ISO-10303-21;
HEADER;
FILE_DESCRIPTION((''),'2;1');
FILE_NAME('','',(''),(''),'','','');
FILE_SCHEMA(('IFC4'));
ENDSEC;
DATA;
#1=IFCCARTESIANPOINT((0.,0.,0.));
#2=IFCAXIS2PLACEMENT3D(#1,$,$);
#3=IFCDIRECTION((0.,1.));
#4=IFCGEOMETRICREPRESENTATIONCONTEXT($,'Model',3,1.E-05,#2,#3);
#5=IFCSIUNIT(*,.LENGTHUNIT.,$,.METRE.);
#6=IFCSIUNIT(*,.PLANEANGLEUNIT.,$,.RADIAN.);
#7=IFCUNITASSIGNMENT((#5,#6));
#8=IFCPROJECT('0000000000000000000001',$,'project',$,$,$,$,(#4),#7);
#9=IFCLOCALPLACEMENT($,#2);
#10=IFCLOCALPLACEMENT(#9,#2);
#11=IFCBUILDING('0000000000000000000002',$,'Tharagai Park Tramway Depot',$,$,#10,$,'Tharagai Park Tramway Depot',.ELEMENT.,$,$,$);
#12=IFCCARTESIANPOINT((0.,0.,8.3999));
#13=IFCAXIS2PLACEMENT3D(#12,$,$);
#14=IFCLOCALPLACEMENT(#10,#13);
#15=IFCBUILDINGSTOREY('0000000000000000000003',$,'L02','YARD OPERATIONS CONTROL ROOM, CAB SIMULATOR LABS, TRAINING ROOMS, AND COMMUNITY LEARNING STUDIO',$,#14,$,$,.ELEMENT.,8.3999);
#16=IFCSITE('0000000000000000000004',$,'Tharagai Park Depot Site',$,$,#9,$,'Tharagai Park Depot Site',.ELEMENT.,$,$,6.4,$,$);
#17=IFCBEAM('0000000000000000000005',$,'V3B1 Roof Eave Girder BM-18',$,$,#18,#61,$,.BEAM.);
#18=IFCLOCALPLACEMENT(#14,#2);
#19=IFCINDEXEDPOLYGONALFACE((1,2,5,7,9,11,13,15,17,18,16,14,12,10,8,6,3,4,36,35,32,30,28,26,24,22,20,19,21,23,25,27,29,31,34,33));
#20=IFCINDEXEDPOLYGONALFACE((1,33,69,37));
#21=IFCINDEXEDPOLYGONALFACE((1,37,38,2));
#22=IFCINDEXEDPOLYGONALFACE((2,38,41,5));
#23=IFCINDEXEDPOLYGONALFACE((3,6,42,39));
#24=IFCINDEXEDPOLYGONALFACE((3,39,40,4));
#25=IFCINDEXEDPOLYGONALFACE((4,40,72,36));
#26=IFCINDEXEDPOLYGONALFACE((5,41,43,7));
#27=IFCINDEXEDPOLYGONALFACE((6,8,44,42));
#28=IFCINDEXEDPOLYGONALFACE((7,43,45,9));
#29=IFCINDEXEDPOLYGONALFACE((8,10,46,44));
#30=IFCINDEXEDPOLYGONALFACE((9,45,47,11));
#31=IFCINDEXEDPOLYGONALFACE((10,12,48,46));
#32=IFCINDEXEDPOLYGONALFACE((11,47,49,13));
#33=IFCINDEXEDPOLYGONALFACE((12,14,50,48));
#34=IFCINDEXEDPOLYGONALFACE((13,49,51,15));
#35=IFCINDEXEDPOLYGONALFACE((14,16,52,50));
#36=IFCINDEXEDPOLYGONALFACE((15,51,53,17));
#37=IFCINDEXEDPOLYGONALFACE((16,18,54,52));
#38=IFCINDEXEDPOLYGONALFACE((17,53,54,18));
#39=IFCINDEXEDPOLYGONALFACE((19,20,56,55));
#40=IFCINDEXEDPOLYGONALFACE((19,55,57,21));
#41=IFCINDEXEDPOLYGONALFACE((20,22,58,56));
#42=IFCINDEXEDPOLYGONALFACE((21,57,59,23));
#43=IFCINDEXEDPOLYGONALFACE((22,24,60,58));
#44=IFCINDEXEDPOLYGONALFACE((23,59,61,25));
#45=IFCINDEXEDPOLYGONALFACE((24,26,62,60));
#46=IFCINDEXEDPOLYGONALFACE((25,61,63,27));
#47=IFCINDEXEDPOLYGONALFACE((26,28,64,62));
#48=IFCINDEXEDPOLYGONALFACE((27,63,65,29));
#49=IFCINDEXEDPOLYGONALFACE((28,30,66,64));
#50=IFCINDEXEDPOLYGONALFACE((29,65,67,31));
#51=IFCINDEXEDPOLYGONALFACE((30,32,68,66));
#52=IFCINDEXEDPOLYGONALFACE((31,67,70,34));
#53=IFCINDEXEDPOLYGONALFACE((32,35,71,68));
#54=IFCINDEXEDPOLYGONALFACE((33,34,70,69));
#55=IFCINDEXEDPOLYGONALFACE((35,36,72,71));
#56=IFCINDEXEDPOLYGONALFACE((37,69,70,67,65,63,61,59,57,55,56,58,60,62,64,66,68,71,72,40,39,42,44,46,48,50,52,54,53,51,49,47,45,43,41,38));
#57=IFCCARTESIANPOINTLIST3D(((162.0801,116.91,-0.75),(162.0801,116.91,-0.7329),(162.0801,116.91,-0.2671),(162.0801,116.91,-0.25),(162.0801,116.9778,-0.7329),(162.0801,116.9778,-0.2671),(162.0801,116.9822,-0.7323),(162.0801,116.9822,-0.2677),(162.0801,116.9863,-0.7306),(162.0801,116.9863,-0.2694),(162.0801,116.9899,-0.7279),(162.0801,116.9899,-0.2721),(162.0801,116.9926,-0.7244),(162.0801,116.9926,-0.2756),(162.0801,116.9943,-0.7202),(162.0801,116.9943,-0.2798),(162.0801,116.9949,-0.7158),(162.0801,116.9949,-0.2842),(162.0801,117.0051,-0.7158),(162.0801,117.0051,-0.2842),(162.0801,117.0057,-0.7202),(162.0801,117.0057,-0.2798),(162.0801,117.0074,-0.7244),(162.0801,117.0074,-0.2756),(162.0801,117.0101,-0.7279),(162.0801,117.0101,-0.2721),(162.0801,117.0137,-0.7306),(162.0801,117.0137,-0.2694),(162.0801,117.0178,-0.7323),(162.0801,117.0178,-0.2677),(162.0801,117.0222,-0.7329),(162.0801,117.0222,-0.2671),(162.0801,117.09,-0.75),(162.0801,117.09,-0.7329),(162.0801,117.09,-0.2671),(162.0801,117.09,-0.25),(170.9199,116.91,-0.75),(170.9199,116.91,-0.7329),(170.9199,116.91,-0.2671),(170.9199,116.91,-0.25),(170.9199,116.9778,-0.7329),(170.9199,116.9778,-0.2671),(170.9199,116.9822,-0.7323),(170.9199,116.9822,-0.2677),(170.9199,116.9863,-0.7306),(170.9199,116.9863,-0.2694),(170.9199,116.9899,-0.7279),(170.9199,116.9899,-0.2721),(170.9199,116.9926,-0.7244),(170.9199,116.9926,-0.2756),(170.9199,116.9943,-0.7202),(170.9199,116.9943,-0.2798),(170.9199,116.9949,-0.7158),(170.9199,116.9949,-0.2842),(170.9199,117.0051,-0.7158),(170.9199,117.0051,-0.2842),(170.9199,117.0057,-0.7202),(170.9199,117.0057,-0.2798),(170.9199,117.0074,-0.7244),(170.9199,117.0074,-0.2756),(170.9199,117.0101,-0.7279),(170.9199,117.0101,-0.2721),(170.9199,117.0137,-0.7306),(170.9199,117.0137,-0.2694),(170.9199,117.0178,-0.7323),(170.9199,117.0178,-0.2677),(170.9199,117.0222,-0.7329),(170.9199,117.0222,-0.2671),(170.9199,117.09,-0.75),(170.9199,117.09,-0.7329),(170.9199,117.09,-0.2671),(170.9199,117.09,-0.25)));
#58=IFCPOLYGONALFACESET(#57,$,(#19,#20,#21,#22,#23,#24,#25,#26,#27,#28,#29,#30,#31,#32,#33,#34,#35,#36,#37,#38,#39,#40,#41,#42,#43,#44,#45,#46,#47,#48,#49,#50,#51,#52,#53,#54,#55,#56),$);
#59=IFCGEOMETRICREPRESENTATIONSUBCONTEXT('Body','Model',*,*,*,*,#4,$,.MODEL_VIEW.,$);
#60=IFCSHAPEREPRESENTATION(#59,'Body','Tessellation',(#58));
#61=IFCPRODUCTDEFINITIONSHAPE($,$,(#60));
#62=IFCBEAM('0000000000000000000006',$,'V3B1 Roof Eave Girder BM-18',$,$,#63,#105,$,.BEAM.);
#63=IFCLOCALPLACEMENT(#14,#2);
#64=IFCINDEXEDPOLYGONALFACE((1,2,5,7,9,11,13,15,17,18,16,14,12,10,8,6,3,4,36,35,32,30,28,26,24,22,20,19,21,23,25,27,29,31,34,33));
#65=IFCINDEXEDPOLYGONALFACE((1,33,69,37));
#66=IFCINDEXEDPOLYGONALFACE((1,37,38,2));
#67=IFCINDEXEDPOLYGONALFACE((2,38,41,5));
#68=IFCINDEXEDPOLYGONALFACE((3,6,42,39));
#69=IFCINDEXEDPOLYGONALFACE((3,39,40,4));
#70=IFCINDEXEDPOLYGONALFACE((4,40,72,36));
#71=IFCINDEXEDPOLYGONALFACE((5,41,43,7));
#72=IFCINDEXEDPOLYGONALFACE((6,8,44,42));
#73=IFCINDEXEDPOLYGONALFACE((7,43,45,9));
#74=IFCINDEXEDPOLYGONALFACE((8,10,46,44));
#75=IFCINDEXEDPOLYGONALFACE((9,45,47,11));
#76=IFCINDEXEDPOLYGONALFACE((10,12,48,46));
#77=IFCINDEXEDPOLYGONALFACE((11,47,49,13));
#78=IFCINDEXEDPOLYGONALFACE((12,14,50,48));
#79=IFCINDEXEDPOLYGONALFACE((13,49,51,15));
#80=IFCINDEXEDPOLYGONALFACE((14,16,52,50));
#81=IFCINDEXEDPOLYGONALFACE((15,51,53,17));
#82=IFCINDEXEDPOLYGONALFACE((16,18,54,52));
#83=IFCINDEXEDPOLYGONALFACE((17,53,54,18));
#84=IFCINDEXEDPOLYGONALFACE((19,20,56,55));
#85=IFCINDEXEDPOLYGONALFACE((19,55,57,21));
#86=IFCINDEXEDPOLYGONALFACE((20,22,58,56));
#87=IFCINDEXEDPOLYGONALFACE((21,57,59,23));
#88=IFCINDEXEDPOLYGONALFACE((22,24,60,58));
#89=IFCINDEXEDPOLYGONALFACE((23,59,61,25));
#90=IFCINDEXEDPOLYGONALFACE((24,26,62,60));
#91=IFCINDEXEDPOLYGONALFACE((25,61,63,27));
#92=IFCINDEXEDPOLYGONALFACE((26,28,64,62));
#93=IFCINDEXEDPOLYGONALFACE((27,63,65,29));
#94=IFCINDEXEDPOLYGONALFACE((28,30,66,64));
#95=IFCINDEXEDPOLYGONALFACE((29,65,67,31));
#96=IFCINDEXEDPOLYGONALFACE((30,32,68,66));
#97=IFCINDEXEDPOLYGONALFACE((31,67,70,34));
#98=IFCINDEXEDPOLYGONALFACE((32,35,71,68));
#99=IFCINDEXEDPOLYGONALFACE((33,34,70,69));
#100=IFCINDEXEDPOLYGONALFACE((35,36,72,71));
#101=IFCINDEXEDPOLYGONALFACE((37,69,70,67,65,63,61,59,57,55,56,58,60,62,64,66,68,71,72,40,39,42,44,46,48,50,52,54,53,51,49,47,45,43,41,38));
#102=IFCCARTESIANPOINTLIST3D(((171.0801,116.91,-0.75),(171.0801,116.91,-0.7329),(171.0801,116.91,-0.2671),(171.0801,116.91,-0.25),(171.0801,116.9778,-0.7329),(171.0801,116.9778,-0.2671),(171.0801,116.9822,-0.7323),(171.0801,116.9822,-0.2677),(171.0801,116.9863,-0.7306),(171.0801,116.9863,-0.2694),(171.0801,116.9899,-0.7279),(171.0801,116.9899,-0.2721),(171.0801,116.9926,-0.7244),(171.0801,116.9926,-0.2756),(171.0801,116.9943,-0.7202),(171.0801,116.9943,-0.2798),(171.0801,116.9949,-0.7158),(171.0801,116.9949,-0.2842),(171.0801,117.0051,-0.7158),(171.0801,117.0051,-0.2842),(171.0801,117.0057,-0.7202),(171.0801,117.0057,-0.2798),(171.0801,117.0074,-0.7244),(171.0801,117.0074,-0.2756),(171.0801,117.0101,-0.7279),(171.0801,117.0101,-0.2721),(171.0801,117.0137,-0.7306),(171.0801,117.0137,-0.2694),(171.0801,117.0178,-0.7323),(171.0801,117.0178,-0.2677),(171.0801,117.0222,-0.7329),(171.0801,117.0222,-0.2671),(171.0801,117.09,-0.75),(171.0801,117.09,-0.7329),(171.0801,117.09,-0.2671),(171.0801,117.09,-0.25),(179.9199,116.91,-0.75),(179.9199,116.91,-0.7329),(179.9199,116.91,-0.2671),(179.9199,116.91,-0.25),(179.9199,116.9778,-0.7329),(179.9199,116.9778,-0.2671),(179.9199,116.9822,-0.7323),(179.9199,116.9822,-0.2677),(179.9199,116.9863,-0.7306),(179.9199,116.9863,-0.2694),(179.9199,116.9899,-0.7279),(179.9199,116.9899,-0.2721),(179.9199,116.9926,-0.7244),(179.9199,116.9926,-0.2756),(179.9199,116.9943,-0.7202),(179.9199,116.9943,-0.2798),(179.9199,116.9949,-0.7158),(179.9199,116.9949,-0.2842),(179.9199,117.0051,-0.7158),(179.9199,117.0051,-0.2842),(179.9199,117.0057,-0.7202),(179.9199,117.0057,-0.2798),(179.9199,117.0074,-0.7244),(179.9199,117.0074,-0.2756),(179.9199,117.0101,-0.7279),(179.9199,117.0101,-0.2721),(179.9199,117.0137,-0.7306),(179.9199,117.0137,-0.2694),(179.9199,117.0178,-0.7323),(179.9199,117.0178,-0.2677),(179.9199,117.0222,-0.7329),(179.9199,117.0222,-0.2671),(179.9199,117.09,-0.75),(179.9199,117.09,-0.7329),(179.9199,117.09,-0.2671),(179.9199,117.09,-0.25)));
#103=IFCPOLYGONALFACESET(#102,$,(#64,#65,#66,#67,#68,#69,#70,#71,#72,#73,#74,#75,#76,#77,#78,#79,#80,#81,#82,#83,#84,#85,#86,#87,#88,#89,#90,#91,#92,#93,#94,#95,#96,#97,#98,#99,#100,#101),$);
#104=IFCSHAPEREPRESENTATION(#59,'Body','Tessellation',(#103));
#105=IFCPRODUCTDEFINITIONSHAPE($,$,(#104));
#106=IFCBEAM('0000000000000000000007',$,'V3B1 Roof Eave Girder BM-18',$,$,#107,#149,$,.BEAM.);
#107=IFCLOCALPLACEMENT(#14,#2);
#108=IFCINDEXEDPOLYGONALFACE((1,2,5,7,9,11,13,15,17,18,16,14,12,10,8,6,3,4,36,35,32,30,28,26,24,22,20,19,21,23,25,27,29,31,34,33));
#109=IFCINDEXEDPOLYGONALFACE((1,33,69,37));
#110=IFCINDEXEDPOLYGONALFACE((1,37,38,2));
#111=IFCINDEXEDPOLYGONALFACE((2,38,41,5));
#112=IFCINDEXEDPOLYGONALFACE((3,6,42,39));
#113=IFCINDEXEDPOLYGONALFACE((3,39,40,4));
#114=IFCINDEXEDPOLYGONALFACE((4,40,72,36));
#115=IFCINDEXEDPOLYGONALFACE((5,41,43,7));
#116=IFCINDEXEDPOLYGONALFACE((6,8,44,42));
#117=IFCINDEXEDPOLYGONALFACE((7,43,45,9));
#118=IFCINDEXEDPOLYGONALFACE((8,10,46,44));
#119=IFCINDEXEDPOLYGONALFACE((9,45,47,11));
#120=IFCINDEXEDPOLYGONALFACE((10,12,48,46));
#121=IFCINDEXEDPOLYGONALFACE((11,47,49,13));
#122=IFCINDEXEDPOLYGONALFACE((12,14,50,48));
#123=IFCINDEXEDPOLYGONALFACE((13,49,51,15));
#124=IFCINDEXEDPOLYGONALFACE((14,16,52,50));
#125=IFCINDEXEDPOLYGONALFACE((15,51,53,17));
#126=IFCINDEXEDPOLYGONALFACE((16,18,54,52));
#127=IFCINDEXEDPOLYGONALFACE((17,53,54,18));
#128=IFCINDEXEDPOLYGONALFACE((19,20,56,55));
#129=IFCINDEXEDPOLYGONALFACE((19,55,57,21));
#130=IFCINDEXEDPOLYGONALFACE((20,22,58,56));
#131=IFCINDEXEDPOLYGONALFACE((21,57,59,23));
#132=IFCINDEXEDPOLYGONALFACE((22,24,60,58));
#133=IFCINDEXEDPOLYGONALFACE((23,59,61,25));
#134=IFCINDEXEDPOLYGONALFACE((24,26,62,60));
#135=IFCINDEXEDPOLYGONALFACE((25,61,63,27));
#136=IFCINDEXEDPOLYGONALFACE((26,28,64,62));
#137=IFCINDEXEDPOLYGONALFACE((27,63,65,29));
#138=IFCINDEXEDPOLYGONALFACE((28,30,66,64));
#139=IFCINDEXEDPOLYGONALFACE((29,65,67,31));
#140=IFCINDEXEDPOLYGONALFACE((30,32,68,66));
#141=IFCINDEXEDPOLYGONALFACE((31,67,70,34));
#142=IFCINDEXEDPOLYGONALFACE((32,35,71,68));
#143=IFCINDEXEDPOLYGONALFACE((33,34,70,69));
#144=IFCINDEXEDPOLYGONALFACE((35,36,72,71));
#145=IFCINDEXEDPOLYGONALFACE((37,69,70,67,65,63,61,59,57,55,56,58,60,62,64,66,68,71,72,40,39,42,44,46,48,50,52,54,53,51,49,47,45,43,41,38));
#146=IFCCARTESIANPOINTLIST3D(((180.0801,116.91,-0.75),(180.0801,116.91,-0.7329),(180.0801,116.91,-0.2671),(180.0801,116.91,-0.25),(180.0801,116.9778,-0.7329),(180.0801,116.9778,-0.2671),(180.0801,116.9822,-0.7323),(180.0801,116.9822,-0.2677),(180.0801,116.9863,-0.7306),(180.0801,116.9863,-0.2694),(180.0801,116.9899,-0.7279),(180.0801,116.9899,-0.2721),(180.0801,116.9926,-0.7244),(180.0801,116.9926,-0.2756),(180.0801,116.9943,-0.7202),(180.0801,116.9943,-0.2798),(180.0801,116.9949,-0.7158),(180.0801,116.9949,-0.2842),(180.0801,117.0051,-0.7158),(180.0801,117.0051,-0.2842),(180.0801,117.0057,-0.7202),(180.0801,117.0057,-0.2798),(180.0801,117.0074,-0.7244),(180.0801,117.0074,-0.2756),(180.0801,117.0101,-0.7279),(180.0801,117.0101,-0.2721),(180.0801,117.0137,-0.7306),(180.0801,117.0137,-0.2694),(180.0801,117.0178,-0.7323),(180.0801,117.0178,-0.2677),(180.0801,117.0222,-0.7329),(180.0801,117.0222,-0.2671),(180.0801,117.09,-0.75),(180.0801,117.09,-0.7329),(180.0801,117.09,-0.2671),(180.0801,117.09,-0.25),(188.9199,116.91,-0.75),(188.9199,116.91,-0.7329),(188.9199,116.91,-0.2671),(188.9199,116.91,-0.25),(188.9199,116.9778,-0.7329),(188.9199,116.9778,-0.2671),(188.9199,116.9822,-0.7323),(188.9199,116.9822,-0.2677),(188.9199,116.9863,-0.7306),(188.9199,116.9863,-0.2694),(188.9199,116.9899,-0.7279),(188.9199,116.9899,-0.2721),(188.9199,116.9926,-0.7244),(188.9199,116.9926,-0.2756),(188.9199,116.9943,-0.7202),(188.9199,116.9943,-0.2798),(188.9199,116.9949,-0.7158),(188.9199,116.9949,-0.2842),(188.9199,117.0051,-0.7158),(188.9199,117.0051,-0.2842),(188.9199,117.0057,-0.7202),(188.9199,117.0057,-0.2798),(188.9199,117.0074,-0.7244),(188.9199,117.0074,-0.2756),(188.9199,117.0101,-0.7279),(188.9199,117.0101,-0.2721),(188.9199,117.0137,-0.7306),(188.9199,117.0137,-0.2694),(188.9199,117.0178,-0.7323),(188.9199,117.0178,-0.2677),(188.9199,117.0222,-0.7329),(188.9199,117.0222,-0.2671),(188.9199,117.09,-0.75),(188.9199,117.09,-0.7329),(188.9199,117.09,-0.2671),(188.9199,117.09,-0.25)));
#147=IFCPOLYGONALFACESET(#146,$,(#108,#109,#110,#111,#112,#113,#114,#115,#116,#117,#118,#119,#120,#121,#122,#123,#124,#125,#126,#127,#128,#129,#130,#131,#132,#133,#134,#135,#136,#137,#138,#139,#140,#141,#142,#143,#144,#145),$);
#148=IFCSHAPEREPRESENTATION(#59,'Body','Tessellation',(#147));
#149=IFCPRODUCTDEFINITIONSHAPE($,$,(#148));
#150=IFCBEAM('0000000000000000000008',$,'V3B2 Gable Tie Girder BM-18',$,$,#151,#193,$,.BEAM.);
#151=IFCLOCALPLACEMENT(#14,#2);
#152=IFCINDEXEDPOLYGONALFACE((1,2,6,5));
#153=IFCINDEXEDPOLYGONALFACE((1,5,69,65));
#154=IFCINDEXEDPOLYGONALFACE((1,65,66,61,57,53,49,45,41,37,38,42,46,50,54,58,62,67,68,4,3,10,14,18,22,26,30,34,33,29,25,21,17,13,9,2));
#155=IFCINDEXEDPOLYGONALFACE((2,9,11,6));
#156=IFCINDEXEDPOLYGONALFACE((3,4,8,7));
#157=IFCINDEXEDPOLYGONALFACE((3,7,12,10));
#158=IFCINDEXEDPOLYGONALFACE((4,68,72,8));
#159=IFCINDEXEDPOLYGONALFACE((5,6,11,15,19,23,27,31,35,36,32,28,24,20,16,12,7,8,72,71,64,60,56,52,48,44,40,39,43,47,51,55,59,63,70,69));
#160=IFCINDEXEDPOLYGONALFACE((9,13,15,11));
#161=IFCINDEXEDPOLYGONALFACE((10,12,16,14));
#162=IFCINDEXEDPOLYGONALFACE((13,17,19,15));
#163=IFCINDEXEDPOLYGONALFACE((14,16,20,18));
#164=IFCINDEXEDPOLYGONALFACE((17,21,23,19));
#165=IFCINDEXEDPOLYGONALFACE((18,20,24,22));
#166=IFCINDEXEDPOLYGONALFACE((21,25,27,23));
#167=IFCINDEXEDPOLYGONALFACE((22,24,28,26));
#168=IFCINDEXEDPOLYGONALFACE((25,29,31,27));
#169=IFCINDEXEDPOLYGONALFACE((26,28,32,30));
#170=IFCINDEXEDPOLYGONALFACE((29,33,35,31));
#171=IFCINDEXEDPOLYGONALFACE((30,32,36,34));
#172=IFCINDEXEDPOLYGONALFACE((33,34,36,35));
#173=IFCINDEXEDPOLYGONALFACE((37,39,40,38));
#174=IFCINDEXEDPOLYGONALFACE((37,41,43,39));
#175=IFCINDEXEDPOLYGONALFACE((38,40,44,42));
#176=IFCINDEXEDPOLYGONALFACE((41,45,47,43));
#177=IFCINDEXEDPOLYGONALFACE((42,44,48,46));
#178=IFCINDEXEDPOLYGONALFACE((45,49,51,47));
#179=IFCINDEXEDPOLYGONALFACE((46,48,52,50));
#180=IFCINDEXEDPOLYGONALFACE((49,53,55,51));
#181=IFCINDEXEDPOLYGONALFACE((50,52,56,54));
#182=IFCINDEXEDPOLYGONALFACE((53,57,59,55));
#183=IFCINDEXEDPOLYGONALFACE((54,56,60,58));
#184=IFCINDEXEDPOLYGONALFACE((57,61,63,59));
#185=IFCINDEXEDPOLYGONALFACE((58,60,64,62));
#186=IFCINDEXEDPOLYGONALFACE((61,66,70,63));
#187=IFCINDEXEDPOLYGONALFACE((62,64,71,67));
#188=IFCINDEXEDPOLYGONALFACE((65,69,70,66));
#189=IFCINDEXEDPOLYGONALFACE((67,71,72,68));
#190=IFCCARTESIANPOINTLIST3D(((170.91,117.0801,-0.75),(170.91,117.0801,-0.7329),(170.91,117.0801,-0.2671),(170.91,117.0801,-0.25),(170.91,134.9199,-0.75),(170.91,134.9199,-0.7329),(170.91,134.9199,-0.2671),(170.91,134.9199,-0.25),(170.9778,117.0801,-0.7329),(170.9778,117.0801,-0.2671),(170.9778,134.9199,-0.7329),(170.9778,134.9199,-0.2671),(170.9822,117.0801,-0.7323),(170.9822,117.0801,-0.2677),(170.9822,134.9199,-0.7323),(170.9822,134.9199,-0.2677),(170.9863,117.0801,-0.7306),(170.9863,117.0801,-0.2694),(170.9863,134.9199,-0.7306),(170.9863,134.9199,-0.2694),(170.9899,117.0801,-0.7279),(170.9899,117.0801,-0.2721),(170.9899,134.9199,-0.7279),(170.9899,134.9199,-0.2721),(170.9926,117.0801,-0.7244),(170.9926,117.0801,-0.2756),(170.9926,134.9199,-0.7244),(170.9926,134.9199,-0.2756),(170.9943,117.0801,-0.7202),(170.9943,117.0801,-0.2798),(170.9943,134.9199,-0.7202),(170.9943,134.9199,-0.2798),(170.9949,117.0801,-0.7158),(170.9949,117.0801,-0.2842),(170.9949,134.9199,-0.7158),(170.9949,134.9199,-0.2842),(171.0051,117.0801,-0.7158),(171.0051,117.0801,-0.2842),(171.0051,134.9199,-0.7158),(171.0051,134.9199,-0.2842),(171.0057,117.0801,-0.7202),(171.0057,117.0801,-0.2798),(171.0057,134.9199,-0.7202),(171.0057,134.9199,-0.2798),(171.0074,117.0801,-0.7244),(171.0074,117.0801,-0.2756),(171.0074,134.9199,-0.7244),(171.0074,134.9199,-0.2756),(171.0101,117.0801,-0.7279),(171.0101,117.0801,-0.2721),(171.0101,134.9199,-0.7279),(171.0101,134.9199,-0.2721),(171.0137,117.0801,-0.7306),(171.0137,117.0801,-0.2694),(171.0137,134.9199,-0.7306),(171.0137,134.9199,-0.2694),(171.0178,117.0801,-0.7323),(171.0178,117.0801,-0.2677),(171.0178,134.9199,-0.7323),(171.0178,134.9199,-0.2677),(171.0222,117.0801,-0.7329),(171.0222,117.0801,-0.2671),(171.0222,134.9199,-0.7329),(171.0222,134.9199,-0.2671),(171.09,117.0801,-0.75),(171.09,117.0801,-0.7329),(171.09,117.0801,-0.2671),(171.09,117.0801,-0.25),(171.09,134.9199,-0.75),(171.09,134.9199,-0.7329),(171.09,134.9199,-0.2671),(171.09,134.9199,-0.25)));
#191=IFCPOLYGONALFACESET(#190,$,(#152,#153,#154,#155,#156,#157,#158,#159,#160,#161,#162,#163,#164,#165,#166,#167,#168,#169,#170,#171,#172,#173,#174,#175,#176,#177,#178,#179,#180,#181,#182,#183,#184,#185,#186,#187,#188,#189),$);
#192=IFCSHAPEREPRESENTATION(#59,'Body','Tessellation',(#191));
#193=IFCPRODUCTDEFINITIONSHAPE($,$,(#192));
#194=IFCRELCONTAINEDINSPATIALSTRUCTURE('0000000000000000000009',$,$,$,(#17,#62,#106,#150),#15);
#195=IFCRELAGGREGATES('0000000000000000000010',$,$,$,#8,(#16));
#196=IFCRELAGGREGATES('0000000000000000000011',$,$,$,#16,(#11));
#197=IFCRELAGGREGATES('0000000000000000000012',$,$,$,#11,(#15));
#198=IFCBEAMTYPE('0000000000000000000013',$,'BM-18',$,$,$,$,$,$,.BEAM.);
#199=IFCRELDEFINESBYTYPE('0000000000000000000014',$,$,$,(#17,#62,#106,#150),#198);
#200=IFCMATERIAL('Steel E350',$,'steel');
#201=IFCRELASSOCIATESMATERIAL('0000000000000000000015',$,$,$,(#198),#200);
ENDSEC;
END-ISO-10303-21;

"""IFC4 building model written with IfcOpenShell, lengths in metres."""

from ifc_helpers import new_model, si_unit, direction, frame, origin, origin_2d, place, context, subcontext, project, spatial, i_section, extrude, material, material_profile, profile_set, type_object, element, save


model = new_model("IFC4")

# Units and contexts
model_context = context("Model", 3, precision=1e-05, world=origin(), true_north=direction((0.0, 1.0)))
body_context = subcontext(model_context, "Body", "Model", "MODEL_VIEW")
ifc_project = project(units=[si_unit("LENGTHUNIT", "METRE"), si_unit("PLANEANGLEUNIT", "RADIAN")], contexts=[model_context])

# Site, building, storey
site_placement = place(None, origin())
site = spatial("IfcSite", under=ifc_project, at=site_placement, Name="Tharagai Park Depot Site", LongName="Tharagai Park Depot Site", CompositionType="ELEMENT", RefElevation=6.4)
building_placement = place(site_placement, origin())
building = spatial("IfcBuilding", under=site, at=building_placement, Name="Tharagai Park Tramway Depot", LongName="Tharagai Park Tramway Depot", CompositionType="ELEMENT")
storey_placement = place(building_placement, frame((0.0, 0.0, 8.3999)))
storey = spatial("IfcBuildingStorey", under=building, at=storey_placement, Name="L02", Description="YARD OPERATIONS CONTROL ROOM, CAB SIMULATOR LABS, TRAINING ROOMS, AND COMMUNITY LEARNING STUDIO", CompositionType="ELEMENT", Elevation=8.3999)

# Beams
ifc_material_1 = material(Name="Steel E350", Category="steel")
ifc_material_profile_1 = material_profile(ifc_material_1, i_section(OverallWidth=0.1799, OverallDepth=0.5, WebThickness=0.0103, FlangeThickness=0.0171, FilletRadius=0.0171, at=origin_2d()), Name="ISMB 500")
ifc_profile_set_1 = profile_set([ifc_material_profile_1], Name="Steel E350")
beam_type = type_object("IfcBeamType", Name="BM-18", PredefinedType="BEAM", material=ifc_profile_set_1)
for number, where, z_axis, x_axis, name in (
    (1, (162.0801, 117.0, -0.5), (1.0, 0.0, 0.0), (0.0, 1.0, 0.0), "V3B1 Roof Eave Girder BM-18"),
    (2, (171.0801, 117.0, -0.5), (1.0, 0.0, 0.0), (0.0, 1.0, 0.0), "V3B1 Roof Eave Girder BM-18"),
    (3, (180.0801, 117.0, -0.5), (1.0, 0.0, 0.0), (0.0, 1.0, 0.0), "V3B1 Roof Eave Girder BM-18"),
):
    element("IfcBeam", number, at=place(storey_placement, frame(where, z_axis=z_axis, x_axis=x_axis)), inside=storey, type_object=beam_type, Name=name, PredefinedType="BEAM", context=body_context, shape_type="SweptSolid", body=[
        extrude(i_section(OverallWidth=0.1799, OverallDepth=0.5, WebThickness=0.0103, FlangeThickness=0.0171, FilletRadius=0.0171, at=origin_2d()), origin(), (0.0, 0.0, 1.0), 8.8398),
    ])
beam_placement = place(storey_placement, frame((171.0, 117.0801, -0.5), z_axis=(0.0, 1.0, 0.0), x_axis=(-1.0, 0.0, 0.0)))
element("IfcBeam", 4, at=beam_placement, inside=storey, type_object=beam_type, Name="V3B2 Gable Tie Girder BM-18", PredefinedType="BEAM", context=body_context, shape_type="SweptSolid", body=[
    extrude(i_section(OverallWidth=0.1799, OverallDepth=0.5, WebThickness=0.0103, FlangeThickness=0.0171, FilletRadius=0.0171, at=origin_2d()), origin(), (0.0, 0.0, 1.0), 17.8398),
])

save(model, "model.ifc")
